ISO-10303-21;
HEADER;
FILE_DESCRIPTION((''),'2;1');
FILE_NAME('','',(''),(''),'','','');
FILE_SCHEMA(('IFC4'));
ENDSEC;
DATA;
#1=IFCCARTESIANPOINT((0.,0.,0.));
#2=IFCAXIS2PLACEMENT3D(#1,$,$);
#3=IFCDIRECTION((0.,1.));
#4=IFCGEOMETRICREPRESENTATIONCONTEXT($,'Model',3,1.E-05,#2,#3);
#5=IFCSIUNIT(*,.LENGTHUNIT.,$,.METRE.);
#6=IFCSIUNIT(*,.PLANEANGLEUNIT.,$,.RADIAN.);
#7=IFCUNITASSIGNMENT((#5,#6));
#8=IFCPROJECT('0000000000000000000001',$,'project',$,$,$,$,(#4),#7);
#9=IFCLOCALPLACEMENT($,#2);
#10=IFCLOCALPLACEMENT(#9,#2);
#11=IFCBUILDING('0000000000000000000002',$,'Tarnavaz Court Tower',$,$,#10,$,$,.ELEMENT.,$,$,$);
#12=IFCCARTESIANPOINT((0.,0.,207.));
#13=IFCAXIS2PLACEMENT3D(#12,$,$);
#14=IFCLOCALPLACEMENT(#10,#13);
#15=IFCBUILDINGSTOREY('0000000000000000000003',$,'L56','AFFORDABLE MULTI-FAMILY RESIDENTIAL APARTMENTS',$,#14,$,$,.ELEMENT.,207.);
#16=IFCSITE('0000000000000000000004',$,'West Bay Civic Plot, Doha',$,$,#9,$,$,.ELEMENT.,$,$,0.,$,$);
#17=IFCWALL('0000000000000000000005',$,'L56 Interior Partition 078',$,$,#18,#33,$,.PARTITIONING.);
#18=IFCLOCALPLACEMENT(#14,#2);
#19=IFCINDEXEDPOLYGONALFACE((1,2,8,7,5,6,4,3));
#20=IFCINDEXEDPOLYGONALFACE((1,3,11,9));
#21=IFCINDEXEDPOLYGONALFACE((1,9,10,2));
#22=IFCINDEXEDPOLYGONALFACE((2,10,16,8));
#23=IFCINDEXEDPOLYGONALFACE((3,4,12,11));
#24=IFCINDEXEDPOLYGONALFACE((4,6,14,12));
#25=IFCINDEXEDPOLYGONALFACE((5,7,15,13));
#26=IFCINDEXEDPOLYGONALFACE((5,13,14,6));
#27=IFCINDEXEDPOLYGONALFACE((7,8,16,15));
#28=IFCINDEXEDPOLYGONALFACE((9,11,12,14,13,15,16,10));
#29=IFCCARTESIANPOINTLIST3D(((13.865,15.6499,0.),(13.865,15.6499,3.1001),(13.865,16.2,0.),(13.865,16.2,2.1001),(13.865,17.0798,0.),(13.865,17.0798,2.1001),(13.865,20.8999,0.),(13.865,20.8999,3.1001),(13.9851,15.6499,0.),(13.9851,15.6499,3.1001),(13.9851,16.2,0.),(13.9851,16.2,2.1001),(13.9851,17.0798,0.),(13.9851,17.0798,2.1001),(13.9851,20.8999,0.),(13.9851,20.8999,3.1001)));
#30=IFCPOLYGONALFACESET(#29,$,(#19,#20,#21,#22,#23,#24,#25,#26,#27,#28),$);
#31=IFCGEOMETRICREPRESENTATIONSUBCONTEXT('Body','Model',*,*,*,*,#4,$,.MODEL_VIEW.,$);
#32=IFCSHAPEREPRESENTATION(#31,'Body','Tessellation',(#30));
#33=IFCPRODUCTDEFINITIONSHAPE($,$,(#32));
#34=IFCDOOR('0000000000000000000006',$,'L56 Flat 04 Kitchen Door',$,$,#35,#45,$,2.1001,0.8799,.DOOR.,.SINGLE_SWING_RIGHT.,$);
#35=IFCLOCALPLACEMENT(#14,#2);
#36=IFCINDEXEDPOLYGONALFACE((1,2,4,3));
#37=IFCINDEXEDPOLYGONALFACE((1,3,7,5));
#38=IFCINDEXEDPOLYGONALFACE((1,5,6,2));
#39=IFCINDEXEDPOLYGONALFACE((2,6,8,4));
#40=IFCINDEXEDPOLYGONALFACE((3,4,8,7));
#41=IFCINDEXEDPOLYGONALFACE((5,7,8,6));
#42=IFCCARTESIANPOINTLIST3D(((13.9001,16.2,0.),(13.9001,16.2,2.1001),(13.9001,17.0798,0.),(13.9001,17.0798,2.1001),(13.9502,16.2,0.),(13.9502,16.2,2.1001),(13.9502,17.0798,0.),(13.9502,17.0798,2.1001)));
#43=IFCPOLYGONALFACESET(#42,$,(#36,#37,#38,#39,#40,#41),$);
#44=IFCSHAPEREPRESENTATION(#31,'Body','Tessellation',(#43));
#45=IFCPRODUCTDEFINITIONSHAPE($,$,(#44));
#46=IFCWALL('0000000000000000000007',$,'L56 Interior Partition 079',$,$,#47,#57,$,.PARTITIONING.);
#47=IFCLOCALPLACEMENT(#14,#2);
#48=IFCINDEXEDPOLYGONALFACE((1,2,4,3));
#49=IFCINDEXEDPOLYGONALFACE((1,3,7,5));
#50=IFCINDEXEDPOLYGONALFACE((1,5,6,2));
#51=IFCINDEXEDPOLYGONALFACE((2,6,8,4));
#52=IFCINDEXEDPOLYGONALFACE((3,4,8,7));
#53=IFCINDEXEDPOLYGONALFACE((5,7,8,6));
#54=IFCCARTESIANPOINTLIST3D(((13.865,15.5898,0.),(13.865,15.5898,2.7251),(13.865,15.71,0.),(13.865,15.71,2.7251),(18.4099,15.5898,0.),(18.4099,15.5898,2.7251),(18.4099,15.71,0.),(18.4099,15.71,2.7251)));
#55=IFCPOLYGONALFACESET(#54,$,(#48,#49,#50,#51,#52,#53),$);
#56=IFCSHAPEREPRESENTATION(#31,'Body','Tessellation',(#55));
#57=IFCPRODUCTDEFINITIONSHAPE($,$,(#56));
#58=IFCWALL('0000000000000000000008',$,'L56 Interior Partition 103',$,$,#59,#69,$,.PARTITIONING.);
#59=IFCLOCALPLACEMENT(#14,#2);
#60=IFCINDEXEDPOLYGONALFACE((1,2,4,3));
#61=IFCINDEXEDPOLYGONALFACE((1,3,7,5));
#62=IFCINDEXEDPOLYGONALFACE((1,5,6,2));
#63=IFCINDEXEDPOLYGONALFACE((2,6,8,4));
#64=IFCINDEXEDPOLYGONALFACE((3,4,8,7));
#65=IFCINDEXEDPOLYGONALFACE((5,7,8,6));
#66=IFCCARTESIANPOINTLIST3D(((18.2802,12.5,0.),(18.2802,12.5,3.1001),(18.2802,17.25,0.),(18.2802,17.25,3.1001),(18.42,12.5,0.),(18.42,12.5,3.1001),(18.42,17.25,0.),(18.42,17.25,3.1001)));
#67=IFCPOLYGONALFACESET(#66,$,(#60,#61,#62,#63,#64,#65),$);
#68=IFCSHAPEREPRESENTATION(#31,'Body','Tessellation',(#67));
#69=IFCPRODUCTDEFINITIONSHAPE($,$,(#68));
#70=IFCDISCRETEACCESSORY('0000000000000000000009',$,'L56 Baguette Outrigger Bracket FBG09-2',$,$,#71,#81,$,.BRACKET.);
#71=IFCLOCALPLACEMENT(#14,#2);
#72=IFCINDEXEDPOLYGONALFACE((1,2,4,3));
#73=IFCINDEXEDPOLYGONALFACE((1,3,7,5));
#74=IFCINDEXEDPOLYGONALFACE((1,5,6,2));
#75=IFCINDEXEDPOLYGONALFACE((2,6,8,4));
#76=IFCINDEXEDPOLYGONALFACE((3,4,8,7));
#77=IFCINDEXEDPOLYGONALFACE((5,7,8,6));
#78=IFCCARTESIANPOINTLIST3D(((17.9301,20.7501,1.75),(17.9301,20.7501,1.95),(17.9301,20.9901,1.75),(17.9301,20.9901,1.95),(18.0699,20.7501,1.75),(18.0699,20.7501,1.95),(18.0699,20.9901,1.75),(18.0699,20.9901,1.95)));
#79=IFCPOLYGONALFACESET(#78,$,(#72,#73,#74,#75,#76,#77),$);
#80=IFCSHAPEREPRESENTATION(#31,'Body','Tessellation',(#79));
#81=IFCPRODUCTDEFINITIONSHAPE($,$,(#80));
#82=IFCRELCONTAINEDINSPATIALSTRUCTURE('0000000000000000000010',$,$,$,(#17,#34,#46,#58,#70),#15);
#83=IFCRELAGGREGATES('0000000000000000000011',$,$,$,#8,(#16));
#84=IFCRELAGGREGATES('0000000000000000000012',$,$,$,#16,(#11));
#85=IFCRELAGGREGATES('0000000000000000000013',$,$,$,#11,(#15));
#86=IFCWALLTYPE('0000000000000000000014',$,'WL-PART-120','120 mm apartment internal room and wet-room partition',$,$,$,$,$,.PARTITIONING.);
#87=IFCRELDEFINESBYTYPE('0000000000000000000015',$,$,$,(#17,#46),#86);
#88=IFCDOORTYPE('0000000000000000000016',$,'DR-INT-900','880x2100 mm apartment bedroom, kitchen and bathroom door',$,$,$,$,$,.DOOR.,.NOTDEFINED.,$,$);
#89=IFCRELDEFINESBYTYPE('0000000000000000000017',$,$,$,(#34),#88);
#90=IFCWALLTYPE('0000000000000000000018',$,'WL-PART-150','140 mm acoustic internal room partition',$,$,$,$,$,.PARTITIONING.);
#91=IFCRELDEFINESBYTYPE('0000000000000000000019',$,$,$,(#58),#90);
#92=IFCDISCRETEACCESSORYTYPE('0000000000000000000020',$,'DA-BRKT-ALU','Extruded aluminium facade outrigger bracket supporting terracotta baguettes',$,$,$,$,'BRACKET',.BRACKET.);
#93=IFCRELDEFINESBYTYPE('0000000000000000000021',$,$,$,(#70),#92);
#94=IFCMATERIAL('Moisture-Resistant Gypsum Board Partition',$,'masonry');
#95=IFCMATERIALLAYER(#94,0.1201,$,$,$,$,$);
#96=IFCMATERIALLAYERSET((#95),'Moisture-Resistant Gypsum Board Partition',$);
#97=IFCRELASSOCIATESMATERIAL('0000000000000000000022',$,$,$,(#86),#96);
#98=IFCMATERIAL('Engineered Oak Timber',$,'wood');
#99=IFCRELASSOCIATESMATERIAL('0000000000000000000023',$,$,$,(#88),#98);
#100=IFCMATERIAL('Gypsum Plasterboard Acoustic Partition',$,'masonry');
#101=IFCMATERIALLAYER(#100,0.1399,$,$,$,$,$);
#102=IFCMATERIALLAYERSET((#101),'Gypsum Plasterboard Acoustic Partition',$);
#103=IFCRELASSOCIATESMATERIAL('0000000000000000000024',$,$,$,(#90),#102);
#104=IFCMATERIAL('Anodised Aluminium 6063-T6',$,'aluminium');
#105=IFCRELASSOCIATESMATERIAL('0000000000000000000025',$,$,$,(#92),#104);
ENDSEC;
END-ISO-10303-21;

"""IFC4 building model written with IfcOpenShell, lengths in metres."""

from ifc_helpers import new_model, si_unit, direction, frame, frame_2d, origin, origin_2d, place, context, subcontext, project, spatial, rectangle, extrude, material, layer, layer_set, type_object, element, fill, save


model = new_model("IFC4")

# Units and contexts
model_context = context("Model", 3, precision=1e-05, world=origin(), true_north=direction((0.0, 1.0)))
body_context = subcontext(model_context, "Body", "Model", "MODEL_VIEW")
ifc_project = project(units=[si_unit("LENGTHUNIT", "METRE"), si_unit("PLANEANGLEUNIT", "RADIAN")], contexts=[model_context])

# Site, building, storey
site_placement = place(None, origin())
site = spatial("IfcSite", under=ifc_project, at=site_placement, Name="West Bay Civic Plot, Doha", CompositionType="ELEMENT", RefElevation=0.0)
building_placement = place(site_placement, origin())
building = spatial("IfcBuilding", under=site, at=building_placement, Name="Tarnavaz Court Tower", CompositionType="ELEMENT")
storey_placement = place(building_placement, frame((0.0, 0.0, 207.0)))
storey = spatial("IfcBuildingStorey", under=building, at=storey_placement, Name="L56", Description="AFFORDABLE MULTI-FAMILY RESIDENTIAL APARTMENTS", CompositionType="ELEMENT", Elevation=207.0)

# Wall, opening, door
ifc_material_1 = material(Name="Moisture-Resistant Gypsum Board Partition", Category="masonry")
ifc_layer_1 = layer(ifc_material_1, 0.1201)
ifc_layer_set_1 = layer_set([ifc_layer_1], Name="Moisture-Resistant Gypsum Board Partition")
wall_type_1 = type_object("IfcWallType", Name="WL-PART-120", Description="120 mm apartment internal room and wet-room partition", PredefinedType="PARTITIONING", material=ifc_layer_set_1)
ifc_material_2 = material(Name="Engineered Oak Timber", Category="wood")
door_type = type_object("IfcDoorType", Name="DR-INT-900", Description="880x2100 mm apartment bedroom, kitchen and bathroom door", OperationType="NOTDEFINED", PredefinedType="DOOR", material=ifc_material_2)
wall_1_placement = place(storey_placement, frame((13.925, 15.6499, 0.0), z_axis=(0.0, 0.0, 1.0), x_axis=(0.0, 1.0, 0.0)))
wall_1 = element("IfcWall", 1, at=wall_1_placement, inside=storey, type_object=wall_type_1, Name="L56 Interior Partition 078", PredefinedType="PARTITIONING", context=body_context, shape_type="SweptSolid", body=[
    extrude(rectangle(XDim=5.25, YDim=0.1201, at=frame_2d((2.625, 0.0))), origin(), (0.0, 0.0, 1.0), 3.1001),
])
opening_1_placement = place(wall_1_placement, frame((0.55, 0.0, 0.0)))
opening_1 = element("IfcOpeningElement", 2, at=opening_1_placement, cuts=wall_1, PredefinedType="OPENING", context=body_context, shape_type="SweptSolid", body=[
    extrude(rectangle(XDim=0.8799, YDim=2.1001, at=frame_2d((0.4399, 1.05))), frame((0.0, 0.0701, 0.0), z_axis=(0.0, -1.0, 0.0), x_axis=(1.0, 0.0, 0.0)), (0.0, 0.0, 1.0), 0.1401),
])
door_1_placement = place(opening_1_placement, origin())
door_1 = element("IfcDoor", 3, at=door_1_placement, inside=storey, type_object=door_type, Name="L56 Flat 04 Kitchen Door", OperationType="SINGLE_SWING_RIGHT", OverallHeight=2.1001, OverallWidth=0.8799, PredefinedType="DOOR", context=body_context, shape_type="SweptSolid", body=[
    extrude(rectangle(XDim=0.8799, YDim=2.1001, at=frame_2d((0.4399, 1.05))), frame((0.0, 0.0249, 0.0), z_axis=(0.0, -1.0, 0.0), x_axis=(1.0, 0.0, 0.0)), (0.0, 0.0, 1.0), 0.05),
])
fill(opening_1, door_1)

# Walls
wall_2_placement = place(storey_placement, frame((13.865, 15.6499, 0.0), z_axis=(0.0, 0.0, 1.0), x_axis=(1.0, 0.0, 0.0)))
element("IfcWall", 4, at=wall_2_placement, inside=storey, type_object=wall_type_1, Name="L56 Interior Partition 079", PredefinedType="PARTITIONING", context=body_context, shape_type="SweptSolid", body=[
    extrude(rectangle(XDim=4.5449, YDim=0.1201, at=frame_2d((2.2725, 0.0))), origin(), (0.0, 0.0, 1.0), 2.7251),
])
ifc_material_3 = material(Name="Gypsum Plasterboard Acoustic Partition", Category="masonry")
ifc_layer_2 = layer(ifc_material_3, 0.1399)
ifc_layer_set_2 = layer_set([ifc_layer_2], Name="Gypsum Plasterboard Acoustic Partition")
wall_type_2 = type_object("IfcWallType", Name="WL-PART-150", Description="140 mm acoustic internal room partition", PredefinedType="PARTITIONING", material=ifc_layer_set_2)
wall_3_placement = place(storey_placement, frame((18.3501, 12.5, 0.0), z_axis=(0.0, 0.0, 1.0), x_axis=(0.0, 1.0, 0.0)))
element("IfcWall", 5, at=wall_3_placement, inside=storey, type_object=wall_type_2, Name="L56 Interior Partition 103", PredefinedType="PARTITIONING", context=body_context, shape_type="SweptSolid", body=[
    extrude(rectangle(XDim=4.75, YDim=0.1399, at=frame_2d((2.375, 0.0))), origin(), (0.0, 0.0, 1.0), 3.1001),
])

# Discrete accessory
ifc_material_4 = material(Name="Anodised Aluminium 6063-T6", Category="aluminium")
discrete_accessory_type = type_object("IfcDiscreteAccessoryType", Name="DA-BRKT-ALU", Description="Extruded aluminium facade outrigger bracket supporting terracotta baguettes", ElementType="BRACKET", PredefinedType="BRACKET", material=ifc_material_4)
discrete_accessory_placement = place(storey_placement, frame((18.0, 20.8701, 1.75), z_axis=(0.0, 0.0, 1.0), x_axis=(1.0, 0.0, 0.0)))
element("IfcDiscreteAccessory", 6, at=discrete_accessory_placement, inside=storey, type_object=discrete_accessory_type, Name="L56 Baguette Outrigger Bracket FBG09-2", PredefinedType="BRACKET", context=body_context, shape_type="SweptSolid", body=[
    extrude(rectangle(XDim=0.1399, YDim=0.24, at=origin_2d()), origin(), (0.0, 0.0, 1.0), 0.2),
])

save(model, "model.ifc")
